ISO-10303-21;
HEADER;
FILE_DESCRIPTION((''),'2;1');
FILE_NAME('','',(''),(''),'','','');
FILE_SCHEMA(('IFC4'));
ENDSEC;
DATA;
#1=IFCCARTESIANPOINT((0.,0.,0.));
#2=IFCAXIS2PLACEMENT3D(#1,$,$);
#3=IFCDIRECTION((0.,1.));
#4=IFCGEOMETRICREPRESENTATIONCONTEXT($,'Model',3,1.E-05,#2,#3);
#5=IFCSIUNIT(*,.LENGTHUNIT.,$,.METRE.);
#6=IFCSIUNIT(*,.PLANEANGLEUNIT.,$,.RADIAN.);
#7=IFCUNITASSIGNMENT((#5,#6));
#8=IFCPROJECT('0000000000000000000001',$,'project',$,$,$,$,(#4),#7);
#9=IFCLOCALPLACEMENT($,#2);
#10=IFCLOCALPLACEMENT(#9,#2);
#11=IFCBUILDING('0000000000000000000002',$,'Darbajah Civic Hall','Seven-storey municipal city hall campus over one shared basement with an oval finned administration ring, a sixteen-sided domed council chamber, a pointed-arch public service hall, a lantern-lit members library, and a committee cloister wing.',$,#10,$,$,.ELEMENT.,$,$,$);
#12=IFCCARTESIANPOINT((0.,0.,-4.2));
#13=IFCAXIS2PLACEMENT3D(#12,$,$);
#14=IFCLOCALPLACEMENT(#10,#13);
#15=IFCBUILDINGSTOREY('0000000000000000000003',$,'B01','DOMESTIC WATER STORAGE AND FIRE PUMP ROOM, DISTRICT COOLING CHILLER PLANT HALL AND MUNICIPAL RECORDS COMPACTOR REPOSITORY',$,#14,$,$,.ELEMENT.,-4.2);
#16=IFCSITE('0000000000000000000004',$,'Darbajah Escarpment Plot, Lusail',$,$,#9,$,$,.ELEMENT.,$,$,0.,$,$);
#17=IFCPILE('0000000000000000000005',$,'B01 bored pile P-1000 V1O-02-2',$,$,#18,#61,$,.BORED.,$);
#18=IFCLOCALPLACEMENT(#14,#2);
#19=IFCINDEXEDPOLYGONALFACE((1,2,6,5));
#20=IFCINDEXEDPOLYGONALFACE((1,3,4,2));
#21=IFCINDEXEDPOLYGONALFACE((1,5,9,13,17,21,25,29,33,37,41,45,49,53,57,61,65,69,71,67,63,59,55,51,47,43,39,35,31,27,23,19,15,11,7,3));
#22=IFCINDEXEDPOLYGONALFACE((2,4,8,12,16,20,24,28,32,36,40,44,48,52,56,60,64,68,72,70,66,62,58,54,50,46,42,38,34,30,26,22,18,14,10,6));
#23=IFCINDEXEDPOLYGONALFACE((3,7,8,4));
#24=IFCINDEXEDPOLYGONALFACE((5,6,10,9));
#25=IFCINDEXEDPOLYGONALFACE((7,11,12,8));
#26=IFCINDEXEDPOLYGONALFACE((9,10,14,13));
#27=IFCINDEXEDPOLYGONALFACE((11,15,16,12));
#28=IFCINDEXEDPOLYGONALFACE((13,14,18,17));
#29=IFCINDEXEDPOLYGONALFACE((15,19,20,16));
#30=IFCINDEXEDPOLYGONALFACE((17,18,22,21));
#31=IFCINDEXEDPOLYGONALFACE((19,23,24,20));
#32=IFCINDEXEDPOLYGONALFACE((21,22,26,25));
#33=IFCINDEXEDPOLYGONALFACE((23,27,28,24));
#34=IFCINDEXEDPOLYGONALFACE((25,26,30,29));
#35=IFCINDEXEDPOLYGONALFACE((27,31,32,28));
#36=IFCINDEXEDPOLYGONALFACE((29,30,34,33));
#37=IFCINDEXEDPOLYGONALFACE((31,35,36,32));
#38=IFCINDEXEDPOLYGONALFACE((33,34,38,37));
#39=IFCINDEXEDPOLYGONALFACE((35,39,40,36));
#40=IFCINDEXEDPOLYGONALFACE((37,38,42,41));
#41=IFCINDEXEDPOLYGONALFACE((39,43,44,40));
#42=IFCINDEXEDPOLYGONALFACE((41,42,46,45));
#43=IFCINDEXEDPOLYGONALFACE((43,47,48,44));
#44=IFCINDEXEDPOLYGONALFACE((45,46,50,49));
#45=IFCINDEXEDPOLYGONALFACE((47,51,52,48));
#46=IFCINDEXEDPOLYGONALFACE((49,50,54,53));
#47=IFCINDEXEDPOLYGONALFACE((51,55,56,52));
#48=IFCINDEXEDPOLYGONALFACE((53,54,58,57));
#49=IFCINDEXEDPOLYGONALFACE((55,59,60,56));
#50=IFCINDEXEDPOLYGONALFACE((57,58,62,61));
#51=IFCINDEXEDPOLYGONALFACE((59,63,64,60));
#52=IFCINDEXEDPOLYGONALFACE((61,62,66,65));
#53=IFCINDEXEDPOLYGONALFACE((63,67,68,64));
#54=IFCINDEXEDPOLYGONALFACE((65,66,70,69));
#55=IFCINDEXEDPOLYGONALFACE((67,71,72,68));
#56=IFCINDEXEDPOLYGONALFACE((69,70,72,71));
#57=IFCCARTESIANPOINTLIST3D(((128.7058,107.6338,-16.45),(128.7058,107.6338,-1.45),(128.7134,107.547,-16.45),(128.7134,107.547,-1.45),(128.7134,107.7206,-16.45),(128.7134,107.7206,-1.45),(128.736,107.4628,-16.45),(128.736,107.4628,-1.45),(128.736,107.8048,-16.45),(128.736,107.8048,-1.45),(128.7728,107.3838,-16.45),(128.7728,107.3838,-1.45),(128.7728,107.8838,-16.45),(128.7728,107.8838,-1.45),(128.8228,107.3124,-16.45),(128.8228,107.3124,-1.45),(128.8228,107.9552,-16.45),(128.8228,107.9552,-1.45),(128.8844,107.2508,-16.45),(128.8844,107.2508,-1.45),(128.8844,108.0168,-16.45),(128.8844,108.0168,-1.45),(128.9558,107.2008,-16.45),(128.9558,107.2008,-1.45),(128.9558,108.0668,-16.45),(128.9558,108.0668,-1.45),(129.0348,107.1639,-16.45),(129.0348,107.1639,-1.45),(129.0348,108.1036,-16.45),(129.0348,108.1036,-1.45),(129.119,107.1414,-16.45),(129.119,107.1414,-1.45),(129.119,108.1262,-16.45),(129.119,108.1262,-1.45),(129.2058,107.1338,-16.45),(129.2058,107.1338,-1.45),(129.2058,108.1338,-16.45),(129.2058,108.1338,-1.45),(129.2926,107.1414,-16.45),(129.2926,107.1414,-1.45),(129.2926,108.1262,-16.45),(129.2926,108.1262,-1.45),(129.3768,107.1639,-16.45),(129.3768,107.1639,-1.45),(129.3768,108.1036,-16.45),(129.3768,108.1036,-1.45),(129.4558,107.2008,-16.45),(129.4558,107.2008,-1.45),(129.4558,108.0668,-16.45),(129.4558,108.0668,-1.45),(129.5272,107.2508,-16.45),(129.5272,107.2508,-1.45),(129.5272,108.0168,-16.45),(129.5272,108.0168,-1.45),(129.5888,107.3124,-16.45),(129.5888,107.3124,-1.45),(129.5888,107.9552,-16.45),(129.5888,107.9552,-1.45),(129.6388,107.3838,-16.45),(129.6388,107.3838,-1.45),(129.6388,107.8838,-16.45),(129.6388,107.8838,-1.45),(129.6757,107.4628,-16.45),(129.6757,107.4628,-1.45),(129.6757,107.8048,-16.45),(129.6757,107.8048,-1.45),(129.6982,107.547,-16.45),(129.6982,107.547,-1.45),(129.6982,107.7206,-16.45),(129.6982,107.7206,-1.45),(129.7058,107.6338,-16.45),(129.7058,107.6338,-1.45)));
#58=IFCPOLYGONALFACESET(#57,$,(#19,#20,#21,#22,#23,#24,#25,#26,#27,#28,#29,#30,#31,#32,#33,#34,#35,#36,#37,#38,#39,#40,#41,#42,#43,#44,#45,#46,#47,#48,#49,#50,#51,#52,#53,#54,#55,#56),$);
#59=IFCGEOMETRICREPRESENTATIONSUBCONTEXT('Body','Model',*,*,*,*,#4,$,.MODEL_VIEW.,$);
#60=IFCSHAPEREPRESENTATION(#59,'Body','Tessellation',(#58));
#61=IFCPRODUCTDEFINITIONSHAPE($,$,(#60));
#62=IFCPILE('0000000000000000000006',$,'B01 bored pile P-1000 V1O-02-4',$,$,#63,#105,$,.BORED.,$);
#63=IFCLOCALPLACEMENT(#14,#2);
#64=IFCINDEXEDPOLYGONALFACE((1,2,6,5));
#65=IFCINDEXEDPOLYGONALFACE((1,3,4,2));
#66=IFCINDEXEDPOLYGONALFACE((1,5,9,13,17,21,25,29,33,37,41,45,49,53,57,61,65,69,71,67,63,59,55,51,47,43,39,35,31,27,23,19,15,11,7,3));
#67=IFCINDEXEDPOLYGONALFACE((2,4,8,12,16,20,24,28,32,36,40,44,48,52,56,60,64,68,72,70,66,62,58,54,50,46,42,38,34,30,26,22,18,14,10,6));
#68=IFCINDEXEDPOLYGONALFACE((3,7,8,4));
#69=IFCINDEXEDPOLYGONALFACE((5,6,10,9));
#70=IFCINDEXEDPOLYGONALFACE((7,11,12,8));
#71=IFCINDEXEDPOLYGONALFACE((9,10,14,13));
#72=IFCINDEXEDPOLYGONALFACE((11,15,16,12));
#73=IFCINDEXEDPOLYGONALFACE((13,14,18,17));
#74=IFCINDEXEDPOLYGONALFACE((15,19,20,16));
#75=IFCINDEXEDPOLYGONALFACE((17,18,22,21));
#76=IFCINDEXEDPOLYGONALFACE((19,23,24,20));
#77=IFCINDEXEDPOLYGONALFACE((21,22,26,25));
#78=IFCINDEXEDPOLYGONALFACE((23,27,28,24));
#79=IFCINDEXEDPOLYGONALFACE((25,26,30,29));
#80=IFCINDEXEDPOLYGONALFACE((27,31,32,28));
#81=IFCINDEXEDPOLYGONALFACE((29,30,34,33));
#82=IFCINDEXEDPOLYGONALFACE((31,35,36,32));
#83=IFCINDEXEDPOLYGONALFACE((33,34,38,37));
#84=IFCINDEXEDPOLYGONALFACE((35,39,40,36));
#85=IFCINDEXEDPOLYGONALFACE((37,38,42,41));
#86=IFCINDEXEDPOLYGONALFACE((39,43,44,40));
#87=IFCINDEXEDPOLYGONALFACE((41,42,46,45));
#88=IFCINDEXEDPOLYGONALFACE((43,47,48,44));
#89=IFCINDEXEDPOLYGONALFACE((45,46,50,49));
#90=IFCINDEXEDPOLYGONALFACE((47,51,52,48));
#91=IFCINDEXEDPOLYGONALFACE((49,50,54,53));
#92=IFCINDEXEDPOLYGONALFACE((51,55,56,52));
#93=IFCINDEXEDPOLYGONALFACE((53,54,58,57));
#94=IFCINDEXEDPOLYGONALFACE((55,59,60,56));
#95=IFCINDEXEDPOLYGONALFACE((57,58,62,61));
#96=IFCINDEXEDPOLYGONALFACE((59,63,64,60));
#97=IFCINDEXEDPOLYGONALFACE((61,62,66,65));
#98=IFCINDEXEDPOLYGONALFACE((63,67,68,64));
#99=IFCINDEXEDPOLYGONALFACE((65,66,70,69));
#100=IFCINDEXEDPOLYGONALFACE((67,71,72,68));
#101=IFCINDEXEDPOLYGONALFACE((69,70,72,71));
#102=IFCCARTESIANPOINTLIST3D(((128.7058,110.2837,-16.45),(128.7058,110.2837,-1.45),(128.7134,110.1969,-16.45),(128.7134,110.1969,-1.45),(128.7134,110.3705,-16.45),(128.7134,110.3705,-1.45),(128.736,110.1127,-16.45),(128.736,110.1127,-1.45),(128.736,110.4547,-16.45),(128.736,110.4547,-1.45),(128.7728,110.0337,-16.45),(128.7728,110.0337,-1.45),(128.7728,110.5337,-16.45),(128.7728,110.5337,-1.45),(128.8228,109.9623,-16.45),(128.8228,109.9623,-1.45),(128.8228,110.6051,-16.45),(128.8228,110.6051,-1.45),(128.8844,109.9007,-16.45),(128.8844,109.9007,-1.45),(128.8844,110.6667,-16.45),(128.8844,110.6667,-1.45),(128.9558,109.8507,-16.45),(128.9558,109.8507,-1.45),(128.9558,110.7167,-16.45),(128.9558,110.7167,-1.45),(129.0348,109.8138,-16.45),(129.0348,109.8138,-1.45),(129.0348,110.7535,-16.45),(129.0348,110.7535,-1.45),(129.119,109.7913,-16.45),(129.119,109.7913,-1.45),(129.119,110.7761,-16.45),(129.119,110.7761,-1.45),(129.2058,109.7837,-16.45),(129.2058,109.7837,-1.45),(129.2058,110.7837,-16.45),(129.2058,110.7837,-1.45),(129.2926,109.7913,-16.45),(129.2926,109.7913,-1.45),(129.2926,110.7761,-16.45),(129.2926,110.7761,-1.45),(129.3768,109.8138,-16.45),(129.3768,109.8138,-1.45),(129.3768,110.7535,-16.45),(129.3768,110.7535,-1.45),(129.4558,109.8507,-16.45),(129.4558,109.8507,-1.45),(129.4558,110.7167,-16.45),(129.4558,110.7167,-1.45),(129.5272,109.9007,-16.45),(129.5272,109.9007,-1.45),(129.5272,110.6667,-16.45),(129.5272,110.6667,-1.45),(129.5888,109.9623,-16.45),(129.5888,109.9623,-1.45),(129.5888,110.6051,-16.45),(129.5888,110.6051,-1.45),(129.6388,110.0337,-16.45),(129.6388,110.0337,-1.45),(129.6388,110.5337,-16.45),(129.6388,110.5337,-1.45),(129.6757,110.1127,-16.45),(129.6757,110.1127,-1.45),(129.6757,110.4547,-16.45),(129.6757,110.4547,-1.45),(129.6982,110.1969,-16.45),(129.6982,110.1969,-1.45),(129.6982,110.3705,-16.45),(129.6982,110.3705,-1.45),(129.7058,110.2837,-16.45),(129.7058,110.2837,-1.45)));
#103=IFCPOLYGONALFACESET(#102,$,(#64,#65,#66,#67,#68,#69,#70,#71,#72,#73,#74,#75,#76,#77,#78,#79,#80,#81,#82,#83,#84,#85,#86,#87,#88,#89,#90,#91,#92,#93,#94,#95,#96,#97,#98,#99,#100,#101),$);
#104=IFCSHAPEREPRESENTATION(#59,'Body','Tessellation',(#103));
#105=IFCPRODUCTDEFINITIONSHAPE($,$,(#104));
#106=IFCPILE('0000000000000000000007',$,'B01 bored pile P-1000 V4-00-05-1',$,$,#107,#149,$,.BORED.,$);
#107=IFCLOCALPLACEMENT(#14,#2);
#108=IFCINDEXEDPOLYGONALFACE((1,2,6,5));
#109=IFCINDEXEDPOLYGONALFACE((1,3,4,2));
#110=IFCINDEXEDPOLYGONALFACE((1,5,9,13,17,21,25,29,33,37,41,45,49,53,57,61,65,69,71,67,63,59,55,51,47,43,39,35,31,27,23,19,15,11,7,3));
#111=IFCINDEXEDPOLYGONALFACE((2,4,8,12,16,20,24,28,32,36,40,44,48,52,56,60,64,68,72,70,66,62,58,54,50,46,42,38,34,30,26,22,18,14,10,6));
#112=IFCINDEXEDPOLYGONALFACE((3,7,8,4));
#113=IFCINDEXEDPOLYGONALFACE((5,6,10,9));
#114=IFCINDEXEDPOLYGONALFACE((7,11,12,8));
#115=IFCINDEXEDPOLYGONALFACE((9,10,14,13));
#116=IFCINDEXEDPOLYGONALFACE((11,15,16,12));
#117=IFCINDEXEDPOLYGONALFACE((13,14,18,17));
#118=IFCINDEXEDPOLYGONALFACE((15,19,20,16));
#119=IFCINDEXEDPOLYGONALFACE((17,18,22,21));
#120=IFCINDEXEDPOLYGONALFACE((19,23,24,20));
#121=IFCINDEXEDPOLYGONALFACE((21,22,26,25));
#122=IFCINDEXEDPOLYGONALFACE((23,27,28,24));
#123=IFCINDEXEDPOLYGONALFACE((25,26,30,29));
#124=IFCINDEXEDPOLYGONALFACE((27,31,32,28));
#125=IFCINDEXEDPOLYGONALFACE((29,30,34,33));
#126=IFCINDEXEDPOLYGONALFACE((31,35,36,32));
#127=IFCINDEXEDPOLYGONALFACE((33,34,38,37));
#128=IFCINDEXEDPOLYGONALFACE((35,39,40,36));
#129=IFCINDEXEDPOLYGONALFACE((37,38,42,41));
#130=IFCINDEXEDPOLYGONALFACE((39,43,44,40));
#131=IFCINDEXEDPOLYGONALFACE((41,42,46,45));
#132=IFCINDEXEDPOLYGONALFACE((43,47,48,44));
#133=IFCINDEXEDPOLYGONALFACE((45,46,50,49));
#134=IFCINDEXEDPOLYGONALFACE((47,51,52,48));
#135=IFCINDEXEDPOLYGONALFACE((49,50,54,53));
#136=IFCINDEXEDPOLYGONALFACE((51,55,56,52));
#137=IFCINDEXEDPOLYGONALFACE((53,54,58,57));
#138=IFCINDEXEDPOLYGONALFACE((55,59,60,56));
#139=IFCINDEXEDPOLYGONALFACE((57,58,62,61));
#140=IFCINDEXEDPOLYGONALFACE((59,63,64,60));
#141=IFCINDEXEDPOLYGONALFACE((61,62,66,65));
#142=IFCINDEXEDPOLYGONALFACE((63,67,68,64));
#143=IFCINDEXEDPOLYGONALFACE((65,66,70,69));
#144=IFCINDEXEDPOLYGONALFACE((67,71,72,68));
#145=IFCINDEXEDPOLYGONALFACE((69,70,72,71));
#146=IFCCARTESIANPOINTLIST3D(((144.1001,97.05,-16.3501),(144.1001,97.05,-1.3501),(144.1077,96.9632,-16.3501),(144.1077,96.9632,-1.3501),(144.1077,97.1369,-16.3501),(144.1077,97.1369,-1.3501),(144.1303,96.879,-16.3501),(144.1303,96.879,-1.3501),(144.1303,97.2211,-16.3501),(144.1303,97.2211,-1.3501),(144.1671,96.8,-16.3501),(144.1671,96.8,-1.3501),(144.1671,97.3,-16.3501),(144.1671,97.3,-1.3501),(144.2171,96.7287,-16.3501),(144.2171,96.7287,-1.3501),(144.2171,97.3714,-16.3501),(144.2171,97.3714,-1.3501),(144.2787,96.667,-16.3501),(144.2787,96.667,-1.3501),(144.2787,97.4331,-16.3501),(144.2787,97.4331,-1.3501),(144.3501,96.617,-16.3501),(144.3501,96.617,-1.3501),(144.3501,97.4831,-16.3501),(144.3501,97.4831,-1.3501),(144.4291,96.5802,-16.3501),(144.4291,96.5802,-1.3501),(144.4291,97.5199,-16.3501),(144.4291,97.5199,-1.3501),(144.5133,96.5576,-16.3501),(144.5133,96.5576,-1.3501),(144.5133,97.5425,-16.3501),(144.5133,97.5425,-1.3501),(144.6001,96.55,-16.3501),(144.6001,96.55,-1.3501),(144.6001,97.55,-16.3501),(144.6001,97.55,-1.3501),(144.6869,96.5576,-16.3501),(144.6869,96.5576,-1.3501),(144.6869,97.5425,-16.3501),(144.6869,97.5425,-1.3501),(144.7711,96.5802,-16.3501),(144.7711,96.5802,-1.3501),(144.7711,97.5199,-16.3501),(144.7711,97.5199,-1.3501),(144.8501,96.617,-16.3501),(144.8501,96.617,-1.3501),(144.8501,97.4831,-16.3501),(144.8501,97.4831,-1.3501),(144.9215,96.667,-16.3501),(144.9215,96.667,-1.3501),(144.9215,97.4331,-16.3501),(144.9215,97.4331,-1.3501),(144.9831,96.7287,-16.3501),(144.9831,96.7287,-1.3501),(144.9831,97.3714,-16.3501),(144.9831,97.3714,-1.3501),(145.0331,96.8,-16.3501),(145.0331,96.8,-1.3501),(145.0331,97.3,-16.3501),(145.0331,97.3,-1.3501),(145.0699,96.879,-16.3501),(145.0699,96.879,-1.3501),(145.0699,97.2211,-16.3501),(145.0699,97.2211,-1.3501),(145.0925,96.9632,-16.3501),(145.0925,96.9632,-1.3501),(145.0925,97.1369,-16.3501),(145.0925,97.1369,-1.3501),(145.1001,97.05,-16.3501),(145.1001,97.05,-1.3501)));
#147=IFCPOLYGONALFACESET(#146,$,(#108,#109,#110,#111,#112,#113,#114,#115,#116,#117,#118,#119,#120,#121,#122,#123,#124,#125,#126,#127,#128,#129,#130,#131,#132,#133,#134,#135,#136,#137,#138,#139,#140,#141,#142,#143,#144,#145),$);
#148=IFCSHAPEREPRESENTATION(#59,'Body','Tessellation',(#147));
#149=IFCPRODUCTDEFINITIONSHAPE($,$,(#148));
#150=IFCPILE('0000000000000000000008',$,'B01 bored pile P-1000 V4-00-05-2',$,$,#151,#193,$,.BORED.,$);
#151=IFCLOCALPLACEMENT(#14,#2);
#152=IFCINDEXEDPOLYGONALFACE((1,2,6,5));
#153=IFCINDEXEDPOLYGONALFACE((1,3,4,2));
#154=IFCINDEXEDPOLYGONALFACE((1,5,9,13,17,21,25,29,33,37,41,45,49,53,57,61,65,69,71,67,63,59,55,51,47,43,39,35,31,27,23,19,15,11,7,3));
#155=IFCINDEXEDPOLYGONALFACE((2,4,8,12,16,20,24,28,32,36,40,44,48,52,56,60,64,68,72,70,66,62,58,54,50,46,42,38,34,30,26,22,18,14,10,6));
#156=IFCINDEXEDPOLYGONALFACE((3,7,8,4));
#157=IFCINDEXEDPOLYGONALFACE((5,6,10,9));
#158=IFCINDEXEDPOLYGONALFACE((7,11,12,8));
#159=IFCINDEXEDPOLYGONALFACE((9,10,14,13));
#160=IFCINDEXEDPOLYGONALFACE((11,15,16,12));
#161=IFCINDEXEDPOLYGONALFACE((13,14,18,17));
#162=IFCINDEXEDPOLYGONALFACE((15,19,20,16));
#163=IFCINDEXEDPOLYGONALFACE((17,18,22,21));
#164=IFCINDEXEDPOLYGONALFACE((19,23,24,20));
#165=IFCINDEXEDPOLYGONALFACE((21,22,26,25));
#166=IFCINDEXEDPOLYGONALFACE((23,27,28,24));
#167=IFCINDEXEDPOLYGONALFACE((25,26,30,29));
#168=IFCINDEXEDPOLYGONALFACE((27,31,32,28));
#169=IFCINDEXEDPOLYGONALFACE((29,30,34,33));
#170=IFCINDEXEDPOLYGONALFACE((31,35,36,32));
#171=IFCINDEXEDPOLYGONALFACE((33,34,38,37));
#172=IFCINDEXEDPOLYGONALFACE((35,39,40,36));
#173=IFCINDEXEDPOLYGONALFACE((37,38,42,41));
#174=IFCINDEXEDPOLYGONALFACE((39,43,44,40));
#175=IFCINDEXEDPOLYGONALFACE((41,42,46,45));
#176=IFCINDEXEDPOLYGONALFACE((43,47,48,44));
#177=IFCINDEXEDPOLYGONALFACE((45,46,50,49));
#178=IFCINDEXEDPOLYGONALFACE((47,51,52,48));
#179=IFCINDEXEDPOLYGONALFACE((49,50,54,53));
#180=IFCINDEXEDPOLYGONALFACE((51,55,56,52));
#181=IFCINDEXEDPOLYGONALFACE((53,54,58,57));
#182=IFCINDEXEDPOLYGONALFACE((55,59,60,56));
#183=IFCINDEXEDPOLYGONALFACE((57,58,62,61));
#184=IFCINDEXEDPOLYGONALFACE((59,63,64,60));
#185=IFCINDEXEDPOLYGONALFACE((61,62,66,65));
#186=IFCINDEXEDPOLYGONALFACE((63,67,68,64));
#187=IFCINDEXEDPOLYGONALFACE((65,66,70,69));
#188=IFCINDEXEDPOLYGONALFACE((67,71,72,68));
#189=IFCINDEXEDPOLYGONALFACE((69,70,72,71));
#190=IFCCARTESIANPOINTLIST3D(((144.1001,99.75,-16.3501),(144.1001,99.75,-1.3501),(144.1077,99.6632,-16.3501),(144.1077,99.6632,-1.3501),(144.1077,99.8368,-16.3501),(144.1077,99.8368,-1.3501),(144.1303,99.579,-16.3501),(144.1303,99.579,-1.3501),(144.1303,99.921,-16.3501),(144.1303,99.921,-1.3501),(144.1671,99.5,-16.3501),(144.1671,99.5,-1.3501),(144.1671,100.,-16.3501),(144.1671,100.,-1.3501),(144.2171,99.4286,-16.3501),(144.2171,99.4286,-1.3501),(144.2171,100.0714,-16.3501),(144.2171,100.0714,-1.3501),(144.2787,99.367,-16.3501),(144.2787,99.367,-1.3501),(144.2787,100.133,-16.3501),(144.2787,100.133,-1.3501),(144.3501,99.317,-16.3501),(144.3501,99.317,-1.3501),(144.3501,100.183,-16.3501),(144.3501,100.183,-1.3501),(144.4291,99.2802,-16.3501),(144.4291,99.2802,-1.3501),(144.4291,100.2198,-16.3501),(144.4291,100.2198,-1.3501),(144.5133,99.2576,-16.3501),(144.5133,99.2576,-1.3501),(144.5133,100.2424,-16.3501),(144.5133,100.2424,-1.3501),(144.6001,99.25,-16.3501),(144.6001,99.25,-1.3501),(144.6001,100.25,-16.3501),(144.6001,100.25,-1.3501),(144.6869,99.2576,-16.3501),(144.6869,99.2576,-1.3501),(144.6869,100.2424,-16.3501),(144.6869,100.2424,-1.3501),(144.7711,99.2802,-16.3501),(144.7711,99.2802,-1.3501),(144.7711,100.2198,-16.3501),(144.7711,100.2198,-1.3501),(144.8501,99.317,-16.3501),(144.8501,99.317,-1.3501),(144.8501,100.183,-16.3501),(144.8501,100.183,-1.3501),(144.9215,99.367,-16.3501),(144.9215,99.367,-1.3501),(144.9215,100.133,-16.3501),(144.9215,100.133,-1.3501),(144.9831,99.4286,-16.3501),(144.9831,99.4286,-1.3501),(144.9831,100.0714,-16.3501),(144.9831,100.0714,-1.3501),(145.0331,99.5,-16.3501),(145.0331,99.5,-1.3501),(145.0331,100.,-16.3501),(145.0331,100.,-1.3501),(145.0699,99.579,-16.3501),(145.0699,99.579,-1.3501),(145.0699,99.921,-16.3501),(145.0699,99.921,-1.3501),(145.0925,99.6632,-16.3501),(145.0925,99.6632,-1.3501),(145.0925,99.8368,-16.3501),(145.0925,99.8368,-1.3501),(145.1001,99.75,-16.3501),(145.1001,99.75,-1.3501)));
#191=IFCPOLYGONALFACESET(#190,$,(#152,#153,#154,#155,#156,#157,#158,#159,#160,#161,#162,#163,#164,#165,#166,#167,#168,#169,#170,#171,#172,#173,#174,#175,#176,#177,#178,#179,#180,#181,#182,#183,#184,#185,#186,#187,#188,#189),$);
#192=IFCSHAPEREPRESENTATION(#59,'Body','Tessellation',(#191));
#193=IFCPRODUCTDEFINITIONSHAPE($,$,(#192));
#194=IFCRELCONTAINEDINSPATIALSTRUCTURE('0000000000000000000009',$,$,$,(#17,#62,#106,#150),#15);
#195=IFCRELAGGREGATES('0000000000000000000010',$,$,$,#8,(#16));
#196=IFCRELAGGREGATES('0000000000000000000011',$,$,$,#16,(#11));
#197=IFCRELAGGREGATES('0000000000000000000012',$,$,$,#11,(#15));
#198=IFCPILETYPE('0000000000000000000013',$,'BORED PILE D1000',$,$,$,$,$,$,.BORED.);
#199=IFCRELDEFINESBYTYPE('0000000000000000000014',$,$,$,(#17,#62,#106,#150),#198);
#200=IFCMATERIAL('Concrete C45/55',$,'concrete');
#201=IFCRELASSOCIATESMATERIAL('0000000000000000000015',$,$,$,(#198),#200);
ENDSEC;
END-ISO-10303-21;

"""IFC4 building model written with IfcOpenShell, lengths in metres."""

from ifc_helpers import new_model, si_unit, direction, frame, origin, origin_2d, place, context, subcontext, project, spatial, circle, extrude, material, material_profile, profile_set, type_object, element, save


model = new_model("IFC4")

# Units and contexts
model_context = context("Model", 3, precision=1e-05, world=origin(), true_north=direction((0.0, 1.0)))
body_context = subcontext(model_context, "Body", "Model", "MODEL_VIEW")
ifc_project = project(units=[si_unit("LENGTHUNIT", "METRE"), si_unit("PLANEANGLEUNIT", "RADIAN")], contexts=[model_context])

# Site, building, storey
site_placement = place(None, origin())
site = spatial("IfcSite", under=ifc_project, at=site_placement, Name="Darbajah Escarpment Plot, Lusail", CompositionType="ELEMENT", RefElevation=0.0)
building_placement = place(site_placement, origin())
building = spatial("IfcBuilding", under=site, at=building_placement, Name="Darbajah Civic Hall", Description="Seven-storey municipal city hall campus over one shared basement with an oval finned administration ring, a sixteen-sided domed council chamber, a pointed-arch public service hall, a lantern-lit members library, and a committee cloister wing.", CompositionType="ELEMENT")
storey_placement = place(building_placement, frame((0.0, 0.0, -4.2)))
storey = spatial("IfcBuildingStorey", under=building, at=storey_placement, Name="B01", Description="DOMESTIC WATER STORAGE AND FIRE PUMP ROOM, DISTRICT COOLING CHILLER PLANT HALL AND MUNICIPAL RECORDS COMPACTOR REPOSITORY", CompositionType="ELEMENT", Elevation=-4.2)

# Piles
ifc_material_1 = material(Name="Concrete C45/55", Category="concrete")
ifc_material_profile_1 = material_profile(ifc_material_1, circle(Radius=0.5, at=origin_2d()), Name="BORED PILE D1000")
ifc_profile_set_1 = profile_set([ifc_material_profile_1], Name="Concrete C45/55")
pile_type_1 = type_object("IfcPileType", Name="BORED PILE D1000", PredefinedType="BORED", material=ifc_profile_set_1)
for number, where, z_axis, x_axis, name in (
    (1, (129.2058, 107.6338, -1.45), (0.0, 0.0, -1.0), (1.0, 0.0, 0.0), "B01 bored pile P-1000 V1O-02-2"),
    (2, (129.2058, 110.2837, -1.45), (0.0, 0.0, -1.0), (1.0, 0.0, 0.0), "B01 bored pile P-1000 V1O-02-4"),
    (3, (144.6001, 97.05, -1.3501), (0.0, 0.0, -1.0), (1.0, 0.0, 0.0), "B01 bored pile P-1000 V4-00-05-1"),
    (4, (144.6001, 99.75, -1.3501), (0.0, 0.0, -1.0), (1.0, 0.0, 0.0), "B01 bored pile P-1000 V4-00-05-2"),
):
    element("IfcPile", number, at=place(storey_placement, frame(where, z_axis=z_axis, x_axis=x_axis)), inside=storey, type_object=pile_type_1, Name=name, PredefinedType="BORED", context=body_context, shape_type="SweptSolid", body=[
        extrude(circle(Radius=0.5, at=origin_2d()), origin(), (0.0, 0.0, 1.0), 15.0),
    ])

save(model, "model.ifc")
